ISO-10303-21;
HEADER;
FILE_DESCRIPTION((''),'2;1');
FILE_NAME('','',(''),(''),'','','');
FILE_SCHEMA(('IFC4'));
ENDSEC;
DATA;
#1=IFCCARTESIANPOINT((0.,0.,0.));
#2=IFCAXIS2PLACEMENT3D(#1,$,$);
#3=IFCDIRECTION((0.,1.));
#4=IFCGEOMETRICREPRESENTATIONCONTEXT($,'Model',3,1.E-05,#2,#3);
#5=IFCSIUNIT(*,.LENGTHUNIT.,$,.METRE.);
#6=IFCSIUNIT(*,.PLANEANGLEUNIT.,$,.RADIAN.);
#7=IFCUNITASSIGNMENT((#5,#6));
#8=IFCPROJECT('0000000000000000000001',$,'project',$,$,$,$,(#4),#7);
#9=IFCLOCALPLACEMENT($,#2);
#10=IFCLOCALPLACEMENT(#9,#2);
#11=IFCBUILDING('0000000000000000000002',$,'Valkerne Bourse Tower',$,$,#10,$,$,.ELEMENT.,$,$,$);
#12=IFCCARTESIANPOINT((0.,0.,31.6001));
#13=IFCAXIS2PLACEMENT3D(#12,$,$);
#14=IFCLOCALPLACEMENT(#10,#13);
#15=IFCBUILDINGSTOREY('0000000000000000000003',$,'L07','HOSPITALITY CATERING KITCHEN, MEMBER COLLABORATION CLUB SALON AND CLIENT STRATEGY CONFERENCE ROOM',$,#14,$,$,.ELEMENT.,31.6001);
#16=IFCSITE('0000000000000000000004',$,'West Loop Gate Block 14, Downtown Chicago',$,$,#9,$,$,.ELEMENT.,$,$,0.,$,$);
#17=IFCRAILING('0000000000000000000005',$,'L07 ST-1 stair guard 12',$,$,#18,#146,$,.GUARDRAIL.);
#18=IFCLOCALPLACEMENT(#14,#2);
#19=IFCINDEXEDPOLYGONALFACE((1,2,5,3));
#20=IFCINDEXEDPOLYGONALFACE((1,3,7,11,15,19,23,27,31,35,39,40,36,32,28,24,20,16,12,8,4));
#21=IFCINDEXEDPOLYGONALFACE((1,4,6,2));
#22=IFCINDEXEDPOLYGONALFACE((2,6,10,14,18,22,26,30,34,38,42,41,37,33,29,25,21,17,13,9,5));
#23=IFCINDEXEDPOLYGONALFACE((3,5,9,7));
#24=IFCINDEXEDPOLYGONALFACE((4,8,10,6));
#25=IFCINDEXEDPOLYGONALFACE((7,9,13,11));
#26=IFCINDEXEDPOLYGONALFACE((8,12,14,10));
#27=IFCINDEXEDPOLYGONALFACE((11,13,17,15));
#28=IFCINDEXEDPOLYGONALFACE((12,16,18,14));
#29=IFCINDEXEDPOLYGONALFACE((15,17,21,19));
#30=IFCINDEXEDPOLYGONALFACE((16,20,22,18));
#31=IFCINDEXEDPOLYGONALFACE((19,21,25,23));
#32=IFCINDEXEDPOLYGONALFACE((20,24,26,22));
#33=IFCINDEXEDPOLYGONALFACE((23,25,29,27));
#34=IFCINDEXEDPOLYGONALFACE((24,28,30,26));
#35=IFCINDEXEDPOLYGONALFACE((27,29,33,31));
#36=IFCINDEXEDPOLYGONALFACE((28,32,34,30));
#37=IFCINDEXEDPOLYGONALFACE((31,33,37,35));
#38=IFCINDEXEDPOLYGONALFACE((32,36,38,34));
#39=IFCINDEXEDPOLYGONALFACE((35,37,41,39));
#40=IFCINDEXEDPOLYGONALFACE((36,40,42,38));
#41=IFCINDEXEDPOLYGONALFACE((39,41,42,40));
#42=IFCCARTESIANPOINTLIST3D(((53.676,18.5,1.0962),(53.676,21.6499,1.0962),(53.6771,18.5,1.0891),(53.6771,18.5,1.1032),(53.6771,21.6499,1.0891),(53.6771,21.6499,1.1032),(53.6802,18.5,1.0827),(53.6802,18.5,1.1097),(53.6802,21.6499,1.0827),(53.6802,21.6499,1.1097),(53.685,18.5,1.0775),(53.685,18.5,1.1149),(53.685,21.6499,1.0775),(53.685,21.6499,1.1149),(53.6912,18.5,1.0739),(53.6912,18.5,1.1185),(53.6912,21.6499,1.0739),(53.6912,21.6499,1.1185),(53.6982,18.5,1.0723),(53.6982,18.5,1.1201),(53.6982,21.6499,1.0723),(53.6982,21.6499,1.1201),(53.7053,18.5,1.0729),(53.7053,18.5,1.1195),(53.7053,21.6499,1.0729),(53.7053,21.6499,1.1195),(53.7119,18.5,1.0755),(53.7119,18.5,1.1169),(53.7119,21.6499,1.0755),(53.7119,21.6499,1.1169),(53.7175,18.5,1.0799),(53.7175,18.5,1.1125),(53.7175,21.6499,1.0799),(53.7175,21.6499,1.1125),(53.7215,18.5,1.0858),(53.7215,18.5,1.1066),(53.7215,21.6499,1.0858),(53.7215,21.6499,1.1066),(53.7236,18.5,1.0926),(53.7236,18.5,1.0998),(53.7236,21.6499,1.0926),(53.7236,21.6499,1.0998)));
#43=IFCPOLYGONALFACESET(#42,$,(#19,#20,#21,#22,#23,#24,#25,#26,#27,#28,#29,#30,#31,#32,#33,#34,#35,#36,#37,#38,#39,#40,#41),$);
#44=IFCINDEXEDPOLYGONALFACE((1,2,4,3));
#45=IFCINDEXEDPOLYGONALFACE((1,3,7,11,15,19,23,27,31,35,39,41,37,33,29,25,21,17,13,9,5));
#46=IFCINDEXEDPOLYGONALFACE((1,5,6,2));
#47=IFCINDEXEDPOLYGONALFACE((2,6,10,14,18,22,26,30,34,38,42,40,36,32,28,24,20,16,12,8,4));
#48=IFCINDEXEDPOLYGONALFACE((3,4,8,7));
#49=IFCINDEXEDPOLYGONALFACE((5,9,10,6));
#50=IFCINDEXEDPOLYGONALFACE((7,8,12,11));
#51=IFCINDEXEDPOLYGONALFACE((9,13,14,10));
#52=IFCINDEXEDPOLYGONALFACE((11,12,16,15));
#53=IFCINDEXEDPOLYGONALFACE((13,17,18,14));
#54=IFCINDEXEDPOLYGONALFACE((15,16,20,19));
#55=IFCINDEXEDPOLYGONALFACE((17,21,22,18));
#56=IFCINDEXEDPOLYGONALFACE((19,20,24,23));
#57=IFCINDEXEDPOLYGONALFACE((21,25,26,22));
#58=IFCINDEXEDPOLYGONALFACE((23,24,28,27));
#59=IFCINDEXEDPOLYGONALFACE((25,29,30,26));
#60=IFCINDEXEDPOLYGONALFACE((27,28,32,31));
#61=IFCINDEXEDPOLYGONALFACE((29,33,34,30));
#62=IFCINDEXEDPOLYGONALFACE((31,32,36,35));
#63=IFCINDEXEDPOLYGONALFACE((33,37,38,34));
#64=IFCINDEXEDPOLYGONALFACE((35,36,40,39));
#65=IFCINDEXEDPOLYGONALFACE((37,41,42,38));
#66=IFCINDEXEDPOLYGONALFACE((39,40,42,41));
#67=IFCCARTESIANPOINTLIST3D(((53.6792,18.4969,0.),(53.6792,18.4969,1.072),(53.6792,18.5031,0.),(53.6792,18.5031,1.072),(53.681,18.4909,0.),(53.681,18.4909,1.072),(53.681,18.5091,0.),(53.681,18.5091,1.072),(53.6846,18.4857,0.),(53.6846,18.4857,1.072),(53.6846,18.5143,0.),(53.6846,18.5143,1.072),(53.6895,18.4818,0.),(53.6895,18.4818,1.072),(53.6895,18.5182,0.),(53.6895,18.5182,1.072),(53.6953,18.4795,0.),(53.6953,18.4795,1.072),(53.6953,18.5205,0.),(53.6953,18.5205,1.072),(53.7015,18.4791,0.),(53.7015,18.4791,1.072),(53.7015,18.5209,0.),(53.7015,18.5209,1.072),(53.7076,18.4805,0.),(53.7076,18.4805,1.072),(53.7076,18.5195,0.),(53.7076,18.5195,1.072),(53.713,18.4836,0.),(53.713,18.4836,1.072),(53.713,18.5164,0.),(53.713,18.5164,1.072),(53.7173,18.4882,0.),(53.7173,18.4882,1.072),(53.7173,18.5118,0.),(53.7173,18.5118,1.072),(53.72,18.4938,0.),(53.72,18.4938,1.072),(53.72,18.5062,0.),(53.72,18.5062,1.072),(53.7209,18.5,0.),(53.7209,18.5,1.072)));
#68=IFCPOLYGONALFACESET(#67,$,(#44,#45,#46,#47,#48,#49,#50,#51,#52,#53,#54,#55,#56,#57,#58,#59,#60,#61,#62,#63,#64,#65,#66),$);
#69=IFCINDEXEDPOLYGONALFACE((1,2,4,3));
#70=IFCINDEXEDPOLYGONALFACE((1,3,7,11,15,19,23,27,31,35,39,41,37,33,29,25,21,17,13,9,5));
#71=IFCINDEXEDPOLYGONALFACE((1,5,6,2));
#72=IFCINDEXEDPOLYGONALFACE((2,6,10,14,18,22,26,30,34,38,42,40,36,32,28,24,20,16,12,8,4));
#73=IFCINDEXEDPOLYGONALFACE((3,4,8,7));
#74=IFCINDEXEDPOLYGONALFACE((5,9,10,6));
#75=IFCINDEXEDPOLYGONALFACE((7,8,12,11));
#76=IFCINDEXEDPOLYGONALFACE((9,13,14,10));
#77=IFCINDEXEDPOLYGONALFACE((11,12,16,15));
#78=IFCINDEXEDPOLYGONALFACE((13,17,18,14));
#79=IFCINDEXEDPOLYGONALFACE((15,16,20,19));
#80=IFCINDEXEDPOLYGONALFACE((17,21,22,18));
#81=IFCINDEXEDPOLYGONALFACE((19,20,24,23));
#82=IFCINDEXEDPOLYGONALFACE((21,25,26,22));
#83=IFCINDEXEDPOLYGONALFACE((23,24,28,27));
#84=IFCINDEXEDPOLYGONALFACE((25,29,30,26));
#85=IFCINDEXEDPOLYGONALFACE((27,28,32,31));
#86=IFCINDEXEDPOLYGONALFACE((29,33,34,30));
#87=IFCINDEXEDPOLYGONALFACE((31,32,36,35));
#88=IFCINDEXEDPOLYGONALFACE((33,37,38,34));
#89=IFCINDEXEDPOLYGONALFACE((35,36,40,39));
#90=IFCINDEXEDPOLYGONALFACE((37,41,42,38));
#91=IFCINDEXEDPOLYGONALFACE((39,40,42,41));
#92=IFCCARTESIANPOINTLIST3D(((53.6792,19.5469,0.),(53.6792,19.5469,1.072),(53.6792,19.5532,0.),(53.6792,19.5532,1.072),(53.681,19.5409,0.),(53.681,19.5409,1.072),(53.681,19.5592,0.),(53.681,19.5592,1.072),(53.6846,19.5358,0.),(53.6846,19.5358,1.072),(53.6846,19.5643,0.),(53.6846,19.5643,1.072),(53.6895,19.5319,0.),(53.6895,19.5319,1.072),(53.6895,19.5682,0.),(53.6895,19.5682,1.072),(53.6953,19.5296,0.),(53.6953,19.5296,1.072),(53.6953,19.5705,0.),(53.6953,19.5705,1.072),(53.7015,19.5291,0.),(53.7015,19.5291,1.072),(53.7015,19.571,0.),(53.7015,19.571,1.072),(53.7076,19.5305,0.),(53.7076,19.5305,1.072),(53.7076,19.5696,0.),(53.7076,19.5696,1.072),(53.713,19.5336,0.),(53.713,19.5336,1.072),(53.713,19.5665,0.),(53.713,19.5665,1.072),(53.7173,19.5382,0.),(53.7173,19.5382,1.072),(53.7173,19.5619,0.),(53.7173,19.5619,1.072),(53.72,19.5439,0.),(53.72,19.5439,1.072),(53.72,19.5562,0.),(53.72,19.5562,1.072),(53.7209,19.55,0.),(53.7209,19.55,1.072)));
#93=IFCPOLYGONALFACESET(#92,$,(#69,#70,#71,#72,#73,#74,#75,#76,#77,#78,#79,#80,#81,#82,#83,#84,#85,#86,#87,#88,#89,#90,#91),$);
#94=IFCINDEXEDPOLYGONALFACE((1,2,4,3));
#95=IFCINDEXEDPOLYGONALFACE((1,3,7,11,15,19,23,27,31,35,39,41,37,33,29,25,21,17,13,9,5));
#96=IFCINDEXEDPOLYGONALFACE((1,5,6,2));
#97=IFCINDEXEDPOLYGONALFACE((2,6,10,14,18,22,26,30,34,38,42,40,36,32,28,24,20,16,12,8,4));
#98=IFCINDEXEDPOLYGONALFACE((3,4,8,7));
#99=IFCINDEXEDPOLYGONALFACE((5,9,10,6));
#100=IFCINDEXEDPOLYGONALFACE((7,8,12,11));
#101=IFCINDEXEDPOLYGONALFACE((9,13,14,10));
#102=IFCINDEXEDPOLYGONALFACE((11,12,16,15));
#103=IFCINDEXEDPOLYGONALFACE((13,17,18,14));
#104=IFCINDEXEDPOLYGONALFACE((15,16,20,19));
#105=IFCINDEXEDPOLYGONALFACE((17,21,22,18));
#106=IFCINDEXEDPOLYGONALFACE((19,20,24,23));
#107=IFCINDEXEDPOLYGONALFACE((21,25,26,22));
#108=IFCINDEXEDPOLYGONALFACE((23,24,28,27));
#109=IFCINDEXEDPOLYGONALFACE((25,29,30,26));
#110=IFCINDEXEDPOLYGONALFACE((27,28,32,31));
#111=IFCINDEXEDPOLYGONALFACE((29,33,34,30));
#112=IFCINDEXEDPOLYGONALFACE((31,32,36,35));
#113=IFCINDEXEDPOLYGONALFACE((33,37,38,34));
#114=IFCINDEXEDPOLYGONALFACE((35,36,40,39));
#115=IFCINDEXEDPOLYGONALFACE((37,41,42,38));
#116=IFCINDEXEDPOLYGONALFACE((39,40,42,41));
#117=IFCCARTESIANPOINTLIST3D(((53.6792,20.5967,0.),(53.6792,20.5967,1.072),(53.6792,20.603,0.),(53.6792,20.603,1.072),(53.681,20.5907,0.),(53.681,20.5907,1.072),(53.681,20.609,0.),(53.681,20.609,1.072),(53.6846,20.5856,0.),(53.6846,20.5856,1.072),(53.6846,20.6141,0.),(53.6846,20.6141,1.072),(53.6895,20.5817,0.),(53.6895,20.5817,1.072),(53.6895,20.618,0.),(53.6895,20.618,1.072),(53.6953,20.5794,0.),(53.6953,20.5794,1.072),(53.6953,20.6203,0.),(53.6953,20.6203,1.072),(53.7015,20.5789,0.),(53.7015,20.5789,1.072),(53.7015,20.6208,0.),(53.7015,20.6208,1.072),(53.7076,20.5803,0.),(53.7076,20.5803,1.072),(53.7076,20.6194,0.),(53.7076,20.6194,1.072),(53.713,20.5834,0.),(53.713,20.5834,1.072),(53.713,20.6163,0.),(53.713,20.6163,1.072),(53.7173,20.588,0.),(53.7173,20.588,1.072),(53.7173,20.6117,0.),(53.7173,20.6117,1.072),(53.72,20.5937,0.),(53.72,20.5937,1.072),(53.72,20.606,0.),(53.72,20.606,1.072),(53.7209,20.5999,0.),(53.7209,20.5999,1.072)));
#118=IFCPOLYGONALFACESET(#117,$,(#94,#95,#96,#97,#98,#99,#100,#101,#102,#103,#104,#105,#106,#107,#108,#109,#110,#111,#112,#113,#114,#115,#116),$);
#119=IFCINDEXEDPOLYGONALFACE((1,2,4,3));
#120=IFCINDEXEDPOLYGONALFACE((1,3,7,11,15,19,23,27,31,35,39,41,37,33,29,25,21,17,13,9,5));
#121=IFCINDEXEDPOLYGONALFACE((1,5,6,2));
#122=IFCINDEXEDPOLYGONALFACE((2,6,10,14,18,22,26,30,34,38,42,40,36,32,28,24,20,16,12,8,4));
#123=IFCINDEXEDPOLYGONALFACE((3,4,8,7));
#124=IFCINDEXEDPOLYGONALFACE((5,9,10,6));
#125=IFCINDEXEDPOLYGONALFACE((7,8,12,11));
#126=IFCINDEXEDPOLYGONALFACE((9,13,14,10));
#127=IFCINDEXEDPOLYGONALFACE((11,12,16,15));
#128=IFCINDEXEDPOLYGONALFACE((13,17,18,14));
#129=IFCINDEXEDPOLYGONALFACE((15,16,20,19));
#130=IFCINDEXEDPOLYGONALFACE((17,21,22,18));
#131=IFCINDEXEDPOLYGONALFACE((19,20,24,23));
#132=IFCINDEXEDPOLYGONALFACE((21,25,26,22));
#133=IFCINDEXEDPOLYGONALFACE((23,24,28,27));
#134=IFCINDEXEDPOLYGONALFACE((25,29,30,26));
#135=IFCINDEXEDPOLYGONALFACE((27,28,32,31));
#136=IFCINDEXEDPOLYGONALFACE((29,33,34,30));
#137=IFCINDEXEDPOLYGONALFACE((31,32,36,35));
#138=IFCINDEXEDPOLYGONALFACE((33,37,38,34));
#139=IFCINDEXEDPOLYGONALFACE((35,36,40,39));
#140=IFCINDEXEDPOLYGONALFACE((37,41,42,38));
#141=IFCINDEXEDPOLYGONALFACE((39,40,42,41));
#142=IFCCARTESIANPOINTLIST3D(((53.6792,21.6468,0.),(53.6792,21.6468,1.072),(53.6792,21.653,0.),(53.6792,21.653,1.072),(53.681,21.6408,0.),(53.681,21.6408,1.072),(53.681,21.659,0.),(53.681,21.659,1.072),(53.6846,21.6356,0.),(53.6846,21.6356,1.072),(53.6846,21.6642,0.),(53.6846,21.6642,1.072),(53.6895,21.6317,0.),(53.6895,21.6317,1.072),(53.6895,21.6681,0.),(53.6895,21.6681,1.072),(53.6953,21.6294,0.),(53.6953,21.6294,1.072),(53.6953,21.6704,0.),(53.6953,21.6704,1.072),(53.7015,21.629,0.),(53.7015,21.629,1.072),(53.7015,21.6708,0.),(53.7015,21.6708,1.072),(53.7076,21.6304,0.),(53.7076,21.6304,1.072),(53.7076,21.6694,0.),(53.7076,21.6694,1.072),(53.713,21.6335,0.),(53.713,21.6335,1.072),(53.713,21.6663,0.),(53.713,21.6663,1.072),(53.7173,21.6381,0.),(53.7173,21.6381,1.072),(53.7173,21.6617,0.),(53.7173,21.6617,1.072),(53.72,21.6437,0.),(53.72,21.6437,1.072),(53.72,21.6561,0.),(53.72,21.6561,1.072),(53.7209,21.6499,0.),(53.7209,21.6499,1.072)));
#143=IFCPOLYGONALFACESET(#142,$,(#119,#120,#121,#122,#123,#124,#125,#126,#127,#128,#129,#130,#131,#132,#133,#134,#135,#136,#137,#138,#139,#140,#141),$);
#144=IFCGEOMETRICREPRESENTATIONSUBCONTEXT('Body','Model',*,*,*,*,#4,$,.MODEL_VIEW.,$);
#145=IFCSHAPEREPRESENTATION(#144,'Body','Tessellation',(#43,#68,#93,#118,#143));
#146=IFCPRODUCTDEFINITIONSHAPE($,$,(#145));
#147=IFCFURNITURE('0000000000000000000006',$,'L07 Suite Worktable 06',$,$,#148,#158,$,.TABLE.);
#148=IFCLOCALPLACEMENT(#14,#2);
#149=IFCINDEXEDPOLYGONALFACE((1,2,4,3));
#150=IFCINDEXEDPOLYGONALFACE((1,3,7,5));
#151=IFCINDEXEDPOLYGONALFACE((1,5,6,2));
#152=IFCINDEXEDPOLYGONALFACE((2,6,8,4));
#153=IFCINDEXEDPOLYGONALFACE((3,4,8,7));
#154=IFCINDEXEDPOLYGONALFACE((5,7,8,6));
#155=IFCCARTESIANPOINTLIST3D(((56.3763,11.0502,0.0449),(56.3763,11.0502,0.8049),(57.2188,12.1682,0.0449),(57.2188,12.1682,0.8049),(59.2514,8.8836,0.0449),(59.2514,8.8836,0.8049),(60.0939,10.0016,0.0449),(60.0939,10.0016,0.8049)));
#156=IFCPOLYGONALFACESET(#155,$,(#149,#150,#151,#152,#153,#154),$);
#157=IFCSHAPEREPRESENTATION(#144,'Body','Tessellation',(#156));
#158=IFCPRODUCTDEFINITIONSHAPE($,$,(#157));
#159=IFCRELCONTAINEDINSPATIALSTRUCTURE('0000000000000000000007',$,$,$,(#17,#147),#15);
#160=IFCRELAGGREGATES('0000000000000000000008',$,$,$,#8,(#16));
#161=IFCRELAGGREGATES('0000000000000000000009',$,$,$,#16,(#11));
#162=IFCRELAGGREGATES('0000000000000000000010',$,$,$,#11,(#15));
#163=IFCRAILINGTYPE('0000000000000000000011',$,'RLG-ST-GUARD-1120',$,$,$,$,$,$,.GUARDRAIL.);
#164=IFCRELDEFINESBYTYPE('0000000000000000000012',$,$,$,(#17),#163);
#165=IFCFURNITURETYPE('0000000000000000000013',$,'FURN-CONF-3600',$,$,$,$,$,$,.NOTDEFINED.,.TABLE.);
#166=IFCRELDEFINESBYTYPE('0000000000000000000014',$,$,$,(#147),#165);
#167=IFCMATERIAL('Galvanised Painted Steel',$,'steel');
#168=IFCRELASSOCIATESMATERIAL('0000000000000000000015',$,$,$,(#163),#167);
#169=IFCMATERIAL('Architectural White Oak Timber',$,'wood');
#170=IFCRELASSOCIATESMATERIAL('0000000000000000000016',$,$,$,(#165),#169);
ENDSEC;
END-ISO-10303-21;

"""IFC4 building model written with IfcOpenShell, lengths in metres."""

from ifc_helpers import new_model, si_unit, direction, frame, origin, origin_2d, place, context, subcontext, project, spatial, rectangle, circle, extrude, material, type_object, element, save


model = new_model("IFC4")

# Units and contexts
model_context = context("Model", 3, precision=1e-05, world=origin(), true_north=direction((0.0, 1.0)))
body_context = subcontext(model_context, "Body", "Model", "MODEL_VIEW")
ifc_project = project(units=[si_unit("LENGTHUNIT", "METRE"), si_unit("PLANEANGLEUNIT", "RADIAN")], contexts=[model_context])

# Site, building, storey
site_placement = place(None, origin())
site = spatial("IfcSite", under=ifc_project, at=site_placement, Name="West Loop Gate Block 14, Downtown Chicago", CompositionType="ELEMENT", RefElevation=0.0)
building_placement = place(site_placement, origin())
building = spatial("IfcBuilding", under=site, at=building_placement, Name="Valkerne Bourse Tower", CompositionType="ELEMENT")
storey_placement = place(building_placement, frame((0.0, 0.0, 31.6001)))
storey = spatial("IfcBuildingStorey", under=building, at=storey_placement, Name="L07", Description="HOSPITALITY CATERING KITCHEN, MEMBER COLLABORATION CLUB SALON AND CLIENT STRATEGY CONFERENCE ROOM", CompositionType="ELEMENT", Elevation=31.6001)

# Shared definitions
ifc_material_1 = material(Name="Architectural White Oak Timber", Category="wood")

# Railing
ifc_material_2 = material(Name="Galvanised Painted Steel", Category="steel")
railing_type = type_object("IfcRailingType", Name="RLG-ST-GUARD-1120", PredefinedType="GUARDRAIL", material=ifc_material_2)
railing_1_placement = place(storey_placement, frame((53.7, 18.5, 0.0)))
element("IfcRailing", 1, at=railing_1_placement, inside=storey, type_object=railing_type, Name="L07 ST-1 stair guard 12", PredefinedType="GUARDRAIL", context=body_context, shape_type="SweptSolid", body=[
    extrude(circle(Radius=0.0239, at=origin_2d()), frame((0.0, 0.0, 1.0962), z_axis=(0.0, 1.0, 0.0), x_axis=(-1.0, 0.0, 0.0)), (0.0, 0.0, 1.0), 3.1499),
    extrude(circle(Radius=0.021, at=origin_2d()), origin(), (0.0, 0.0, 1.0), 1.072),
    extrude(circle(Radius=0.021, at=origin_2d()), frame((0.0, 1.05, 0.0)), (0.0, 0.0, 1.0), 1.072),
    extrude(circle(Radius=0.021, at=origin_2d()), frame((0.0, 2.0999, 0.0)), (0.0, 0.0, 1.0), 1.072),
    extrude(circle(Radius=0.021, at=origin_2d()), frame((0.0, 3.1499, 0.0)), (0.0, 0.0, 1.0), 1.072),
])

# Furniture
furniture_type = type_object("IfcFurnitureType", Name="FURN-CONF-3600", AssemblyPlace="NOTDEFINED", PredefinedType="TABLE", material=ifc_material_1)
furniture_placement = place(storey_placement, frame((58.2351, 10.5259, 0.0449), z_axis=(0.0, 0.0, 1.0), x_axis=(-0.798636, 0.601815, 0.0)))
element("IfcFurniture", 2, at=furniture_placement, inside=storey, type_object=furniture_type, Name="L07 Suite Worktable 06", PredefinedType="TABLE", context=body_context, shape_type="SweptSolid", body=[
    extrude(rectangle(XDim=3.6001, YDim=1.3999, at=origin_2d()), origin(), (0.0, 0.0, 1.0), 0.76),
])

save(model, "model.ifc")
